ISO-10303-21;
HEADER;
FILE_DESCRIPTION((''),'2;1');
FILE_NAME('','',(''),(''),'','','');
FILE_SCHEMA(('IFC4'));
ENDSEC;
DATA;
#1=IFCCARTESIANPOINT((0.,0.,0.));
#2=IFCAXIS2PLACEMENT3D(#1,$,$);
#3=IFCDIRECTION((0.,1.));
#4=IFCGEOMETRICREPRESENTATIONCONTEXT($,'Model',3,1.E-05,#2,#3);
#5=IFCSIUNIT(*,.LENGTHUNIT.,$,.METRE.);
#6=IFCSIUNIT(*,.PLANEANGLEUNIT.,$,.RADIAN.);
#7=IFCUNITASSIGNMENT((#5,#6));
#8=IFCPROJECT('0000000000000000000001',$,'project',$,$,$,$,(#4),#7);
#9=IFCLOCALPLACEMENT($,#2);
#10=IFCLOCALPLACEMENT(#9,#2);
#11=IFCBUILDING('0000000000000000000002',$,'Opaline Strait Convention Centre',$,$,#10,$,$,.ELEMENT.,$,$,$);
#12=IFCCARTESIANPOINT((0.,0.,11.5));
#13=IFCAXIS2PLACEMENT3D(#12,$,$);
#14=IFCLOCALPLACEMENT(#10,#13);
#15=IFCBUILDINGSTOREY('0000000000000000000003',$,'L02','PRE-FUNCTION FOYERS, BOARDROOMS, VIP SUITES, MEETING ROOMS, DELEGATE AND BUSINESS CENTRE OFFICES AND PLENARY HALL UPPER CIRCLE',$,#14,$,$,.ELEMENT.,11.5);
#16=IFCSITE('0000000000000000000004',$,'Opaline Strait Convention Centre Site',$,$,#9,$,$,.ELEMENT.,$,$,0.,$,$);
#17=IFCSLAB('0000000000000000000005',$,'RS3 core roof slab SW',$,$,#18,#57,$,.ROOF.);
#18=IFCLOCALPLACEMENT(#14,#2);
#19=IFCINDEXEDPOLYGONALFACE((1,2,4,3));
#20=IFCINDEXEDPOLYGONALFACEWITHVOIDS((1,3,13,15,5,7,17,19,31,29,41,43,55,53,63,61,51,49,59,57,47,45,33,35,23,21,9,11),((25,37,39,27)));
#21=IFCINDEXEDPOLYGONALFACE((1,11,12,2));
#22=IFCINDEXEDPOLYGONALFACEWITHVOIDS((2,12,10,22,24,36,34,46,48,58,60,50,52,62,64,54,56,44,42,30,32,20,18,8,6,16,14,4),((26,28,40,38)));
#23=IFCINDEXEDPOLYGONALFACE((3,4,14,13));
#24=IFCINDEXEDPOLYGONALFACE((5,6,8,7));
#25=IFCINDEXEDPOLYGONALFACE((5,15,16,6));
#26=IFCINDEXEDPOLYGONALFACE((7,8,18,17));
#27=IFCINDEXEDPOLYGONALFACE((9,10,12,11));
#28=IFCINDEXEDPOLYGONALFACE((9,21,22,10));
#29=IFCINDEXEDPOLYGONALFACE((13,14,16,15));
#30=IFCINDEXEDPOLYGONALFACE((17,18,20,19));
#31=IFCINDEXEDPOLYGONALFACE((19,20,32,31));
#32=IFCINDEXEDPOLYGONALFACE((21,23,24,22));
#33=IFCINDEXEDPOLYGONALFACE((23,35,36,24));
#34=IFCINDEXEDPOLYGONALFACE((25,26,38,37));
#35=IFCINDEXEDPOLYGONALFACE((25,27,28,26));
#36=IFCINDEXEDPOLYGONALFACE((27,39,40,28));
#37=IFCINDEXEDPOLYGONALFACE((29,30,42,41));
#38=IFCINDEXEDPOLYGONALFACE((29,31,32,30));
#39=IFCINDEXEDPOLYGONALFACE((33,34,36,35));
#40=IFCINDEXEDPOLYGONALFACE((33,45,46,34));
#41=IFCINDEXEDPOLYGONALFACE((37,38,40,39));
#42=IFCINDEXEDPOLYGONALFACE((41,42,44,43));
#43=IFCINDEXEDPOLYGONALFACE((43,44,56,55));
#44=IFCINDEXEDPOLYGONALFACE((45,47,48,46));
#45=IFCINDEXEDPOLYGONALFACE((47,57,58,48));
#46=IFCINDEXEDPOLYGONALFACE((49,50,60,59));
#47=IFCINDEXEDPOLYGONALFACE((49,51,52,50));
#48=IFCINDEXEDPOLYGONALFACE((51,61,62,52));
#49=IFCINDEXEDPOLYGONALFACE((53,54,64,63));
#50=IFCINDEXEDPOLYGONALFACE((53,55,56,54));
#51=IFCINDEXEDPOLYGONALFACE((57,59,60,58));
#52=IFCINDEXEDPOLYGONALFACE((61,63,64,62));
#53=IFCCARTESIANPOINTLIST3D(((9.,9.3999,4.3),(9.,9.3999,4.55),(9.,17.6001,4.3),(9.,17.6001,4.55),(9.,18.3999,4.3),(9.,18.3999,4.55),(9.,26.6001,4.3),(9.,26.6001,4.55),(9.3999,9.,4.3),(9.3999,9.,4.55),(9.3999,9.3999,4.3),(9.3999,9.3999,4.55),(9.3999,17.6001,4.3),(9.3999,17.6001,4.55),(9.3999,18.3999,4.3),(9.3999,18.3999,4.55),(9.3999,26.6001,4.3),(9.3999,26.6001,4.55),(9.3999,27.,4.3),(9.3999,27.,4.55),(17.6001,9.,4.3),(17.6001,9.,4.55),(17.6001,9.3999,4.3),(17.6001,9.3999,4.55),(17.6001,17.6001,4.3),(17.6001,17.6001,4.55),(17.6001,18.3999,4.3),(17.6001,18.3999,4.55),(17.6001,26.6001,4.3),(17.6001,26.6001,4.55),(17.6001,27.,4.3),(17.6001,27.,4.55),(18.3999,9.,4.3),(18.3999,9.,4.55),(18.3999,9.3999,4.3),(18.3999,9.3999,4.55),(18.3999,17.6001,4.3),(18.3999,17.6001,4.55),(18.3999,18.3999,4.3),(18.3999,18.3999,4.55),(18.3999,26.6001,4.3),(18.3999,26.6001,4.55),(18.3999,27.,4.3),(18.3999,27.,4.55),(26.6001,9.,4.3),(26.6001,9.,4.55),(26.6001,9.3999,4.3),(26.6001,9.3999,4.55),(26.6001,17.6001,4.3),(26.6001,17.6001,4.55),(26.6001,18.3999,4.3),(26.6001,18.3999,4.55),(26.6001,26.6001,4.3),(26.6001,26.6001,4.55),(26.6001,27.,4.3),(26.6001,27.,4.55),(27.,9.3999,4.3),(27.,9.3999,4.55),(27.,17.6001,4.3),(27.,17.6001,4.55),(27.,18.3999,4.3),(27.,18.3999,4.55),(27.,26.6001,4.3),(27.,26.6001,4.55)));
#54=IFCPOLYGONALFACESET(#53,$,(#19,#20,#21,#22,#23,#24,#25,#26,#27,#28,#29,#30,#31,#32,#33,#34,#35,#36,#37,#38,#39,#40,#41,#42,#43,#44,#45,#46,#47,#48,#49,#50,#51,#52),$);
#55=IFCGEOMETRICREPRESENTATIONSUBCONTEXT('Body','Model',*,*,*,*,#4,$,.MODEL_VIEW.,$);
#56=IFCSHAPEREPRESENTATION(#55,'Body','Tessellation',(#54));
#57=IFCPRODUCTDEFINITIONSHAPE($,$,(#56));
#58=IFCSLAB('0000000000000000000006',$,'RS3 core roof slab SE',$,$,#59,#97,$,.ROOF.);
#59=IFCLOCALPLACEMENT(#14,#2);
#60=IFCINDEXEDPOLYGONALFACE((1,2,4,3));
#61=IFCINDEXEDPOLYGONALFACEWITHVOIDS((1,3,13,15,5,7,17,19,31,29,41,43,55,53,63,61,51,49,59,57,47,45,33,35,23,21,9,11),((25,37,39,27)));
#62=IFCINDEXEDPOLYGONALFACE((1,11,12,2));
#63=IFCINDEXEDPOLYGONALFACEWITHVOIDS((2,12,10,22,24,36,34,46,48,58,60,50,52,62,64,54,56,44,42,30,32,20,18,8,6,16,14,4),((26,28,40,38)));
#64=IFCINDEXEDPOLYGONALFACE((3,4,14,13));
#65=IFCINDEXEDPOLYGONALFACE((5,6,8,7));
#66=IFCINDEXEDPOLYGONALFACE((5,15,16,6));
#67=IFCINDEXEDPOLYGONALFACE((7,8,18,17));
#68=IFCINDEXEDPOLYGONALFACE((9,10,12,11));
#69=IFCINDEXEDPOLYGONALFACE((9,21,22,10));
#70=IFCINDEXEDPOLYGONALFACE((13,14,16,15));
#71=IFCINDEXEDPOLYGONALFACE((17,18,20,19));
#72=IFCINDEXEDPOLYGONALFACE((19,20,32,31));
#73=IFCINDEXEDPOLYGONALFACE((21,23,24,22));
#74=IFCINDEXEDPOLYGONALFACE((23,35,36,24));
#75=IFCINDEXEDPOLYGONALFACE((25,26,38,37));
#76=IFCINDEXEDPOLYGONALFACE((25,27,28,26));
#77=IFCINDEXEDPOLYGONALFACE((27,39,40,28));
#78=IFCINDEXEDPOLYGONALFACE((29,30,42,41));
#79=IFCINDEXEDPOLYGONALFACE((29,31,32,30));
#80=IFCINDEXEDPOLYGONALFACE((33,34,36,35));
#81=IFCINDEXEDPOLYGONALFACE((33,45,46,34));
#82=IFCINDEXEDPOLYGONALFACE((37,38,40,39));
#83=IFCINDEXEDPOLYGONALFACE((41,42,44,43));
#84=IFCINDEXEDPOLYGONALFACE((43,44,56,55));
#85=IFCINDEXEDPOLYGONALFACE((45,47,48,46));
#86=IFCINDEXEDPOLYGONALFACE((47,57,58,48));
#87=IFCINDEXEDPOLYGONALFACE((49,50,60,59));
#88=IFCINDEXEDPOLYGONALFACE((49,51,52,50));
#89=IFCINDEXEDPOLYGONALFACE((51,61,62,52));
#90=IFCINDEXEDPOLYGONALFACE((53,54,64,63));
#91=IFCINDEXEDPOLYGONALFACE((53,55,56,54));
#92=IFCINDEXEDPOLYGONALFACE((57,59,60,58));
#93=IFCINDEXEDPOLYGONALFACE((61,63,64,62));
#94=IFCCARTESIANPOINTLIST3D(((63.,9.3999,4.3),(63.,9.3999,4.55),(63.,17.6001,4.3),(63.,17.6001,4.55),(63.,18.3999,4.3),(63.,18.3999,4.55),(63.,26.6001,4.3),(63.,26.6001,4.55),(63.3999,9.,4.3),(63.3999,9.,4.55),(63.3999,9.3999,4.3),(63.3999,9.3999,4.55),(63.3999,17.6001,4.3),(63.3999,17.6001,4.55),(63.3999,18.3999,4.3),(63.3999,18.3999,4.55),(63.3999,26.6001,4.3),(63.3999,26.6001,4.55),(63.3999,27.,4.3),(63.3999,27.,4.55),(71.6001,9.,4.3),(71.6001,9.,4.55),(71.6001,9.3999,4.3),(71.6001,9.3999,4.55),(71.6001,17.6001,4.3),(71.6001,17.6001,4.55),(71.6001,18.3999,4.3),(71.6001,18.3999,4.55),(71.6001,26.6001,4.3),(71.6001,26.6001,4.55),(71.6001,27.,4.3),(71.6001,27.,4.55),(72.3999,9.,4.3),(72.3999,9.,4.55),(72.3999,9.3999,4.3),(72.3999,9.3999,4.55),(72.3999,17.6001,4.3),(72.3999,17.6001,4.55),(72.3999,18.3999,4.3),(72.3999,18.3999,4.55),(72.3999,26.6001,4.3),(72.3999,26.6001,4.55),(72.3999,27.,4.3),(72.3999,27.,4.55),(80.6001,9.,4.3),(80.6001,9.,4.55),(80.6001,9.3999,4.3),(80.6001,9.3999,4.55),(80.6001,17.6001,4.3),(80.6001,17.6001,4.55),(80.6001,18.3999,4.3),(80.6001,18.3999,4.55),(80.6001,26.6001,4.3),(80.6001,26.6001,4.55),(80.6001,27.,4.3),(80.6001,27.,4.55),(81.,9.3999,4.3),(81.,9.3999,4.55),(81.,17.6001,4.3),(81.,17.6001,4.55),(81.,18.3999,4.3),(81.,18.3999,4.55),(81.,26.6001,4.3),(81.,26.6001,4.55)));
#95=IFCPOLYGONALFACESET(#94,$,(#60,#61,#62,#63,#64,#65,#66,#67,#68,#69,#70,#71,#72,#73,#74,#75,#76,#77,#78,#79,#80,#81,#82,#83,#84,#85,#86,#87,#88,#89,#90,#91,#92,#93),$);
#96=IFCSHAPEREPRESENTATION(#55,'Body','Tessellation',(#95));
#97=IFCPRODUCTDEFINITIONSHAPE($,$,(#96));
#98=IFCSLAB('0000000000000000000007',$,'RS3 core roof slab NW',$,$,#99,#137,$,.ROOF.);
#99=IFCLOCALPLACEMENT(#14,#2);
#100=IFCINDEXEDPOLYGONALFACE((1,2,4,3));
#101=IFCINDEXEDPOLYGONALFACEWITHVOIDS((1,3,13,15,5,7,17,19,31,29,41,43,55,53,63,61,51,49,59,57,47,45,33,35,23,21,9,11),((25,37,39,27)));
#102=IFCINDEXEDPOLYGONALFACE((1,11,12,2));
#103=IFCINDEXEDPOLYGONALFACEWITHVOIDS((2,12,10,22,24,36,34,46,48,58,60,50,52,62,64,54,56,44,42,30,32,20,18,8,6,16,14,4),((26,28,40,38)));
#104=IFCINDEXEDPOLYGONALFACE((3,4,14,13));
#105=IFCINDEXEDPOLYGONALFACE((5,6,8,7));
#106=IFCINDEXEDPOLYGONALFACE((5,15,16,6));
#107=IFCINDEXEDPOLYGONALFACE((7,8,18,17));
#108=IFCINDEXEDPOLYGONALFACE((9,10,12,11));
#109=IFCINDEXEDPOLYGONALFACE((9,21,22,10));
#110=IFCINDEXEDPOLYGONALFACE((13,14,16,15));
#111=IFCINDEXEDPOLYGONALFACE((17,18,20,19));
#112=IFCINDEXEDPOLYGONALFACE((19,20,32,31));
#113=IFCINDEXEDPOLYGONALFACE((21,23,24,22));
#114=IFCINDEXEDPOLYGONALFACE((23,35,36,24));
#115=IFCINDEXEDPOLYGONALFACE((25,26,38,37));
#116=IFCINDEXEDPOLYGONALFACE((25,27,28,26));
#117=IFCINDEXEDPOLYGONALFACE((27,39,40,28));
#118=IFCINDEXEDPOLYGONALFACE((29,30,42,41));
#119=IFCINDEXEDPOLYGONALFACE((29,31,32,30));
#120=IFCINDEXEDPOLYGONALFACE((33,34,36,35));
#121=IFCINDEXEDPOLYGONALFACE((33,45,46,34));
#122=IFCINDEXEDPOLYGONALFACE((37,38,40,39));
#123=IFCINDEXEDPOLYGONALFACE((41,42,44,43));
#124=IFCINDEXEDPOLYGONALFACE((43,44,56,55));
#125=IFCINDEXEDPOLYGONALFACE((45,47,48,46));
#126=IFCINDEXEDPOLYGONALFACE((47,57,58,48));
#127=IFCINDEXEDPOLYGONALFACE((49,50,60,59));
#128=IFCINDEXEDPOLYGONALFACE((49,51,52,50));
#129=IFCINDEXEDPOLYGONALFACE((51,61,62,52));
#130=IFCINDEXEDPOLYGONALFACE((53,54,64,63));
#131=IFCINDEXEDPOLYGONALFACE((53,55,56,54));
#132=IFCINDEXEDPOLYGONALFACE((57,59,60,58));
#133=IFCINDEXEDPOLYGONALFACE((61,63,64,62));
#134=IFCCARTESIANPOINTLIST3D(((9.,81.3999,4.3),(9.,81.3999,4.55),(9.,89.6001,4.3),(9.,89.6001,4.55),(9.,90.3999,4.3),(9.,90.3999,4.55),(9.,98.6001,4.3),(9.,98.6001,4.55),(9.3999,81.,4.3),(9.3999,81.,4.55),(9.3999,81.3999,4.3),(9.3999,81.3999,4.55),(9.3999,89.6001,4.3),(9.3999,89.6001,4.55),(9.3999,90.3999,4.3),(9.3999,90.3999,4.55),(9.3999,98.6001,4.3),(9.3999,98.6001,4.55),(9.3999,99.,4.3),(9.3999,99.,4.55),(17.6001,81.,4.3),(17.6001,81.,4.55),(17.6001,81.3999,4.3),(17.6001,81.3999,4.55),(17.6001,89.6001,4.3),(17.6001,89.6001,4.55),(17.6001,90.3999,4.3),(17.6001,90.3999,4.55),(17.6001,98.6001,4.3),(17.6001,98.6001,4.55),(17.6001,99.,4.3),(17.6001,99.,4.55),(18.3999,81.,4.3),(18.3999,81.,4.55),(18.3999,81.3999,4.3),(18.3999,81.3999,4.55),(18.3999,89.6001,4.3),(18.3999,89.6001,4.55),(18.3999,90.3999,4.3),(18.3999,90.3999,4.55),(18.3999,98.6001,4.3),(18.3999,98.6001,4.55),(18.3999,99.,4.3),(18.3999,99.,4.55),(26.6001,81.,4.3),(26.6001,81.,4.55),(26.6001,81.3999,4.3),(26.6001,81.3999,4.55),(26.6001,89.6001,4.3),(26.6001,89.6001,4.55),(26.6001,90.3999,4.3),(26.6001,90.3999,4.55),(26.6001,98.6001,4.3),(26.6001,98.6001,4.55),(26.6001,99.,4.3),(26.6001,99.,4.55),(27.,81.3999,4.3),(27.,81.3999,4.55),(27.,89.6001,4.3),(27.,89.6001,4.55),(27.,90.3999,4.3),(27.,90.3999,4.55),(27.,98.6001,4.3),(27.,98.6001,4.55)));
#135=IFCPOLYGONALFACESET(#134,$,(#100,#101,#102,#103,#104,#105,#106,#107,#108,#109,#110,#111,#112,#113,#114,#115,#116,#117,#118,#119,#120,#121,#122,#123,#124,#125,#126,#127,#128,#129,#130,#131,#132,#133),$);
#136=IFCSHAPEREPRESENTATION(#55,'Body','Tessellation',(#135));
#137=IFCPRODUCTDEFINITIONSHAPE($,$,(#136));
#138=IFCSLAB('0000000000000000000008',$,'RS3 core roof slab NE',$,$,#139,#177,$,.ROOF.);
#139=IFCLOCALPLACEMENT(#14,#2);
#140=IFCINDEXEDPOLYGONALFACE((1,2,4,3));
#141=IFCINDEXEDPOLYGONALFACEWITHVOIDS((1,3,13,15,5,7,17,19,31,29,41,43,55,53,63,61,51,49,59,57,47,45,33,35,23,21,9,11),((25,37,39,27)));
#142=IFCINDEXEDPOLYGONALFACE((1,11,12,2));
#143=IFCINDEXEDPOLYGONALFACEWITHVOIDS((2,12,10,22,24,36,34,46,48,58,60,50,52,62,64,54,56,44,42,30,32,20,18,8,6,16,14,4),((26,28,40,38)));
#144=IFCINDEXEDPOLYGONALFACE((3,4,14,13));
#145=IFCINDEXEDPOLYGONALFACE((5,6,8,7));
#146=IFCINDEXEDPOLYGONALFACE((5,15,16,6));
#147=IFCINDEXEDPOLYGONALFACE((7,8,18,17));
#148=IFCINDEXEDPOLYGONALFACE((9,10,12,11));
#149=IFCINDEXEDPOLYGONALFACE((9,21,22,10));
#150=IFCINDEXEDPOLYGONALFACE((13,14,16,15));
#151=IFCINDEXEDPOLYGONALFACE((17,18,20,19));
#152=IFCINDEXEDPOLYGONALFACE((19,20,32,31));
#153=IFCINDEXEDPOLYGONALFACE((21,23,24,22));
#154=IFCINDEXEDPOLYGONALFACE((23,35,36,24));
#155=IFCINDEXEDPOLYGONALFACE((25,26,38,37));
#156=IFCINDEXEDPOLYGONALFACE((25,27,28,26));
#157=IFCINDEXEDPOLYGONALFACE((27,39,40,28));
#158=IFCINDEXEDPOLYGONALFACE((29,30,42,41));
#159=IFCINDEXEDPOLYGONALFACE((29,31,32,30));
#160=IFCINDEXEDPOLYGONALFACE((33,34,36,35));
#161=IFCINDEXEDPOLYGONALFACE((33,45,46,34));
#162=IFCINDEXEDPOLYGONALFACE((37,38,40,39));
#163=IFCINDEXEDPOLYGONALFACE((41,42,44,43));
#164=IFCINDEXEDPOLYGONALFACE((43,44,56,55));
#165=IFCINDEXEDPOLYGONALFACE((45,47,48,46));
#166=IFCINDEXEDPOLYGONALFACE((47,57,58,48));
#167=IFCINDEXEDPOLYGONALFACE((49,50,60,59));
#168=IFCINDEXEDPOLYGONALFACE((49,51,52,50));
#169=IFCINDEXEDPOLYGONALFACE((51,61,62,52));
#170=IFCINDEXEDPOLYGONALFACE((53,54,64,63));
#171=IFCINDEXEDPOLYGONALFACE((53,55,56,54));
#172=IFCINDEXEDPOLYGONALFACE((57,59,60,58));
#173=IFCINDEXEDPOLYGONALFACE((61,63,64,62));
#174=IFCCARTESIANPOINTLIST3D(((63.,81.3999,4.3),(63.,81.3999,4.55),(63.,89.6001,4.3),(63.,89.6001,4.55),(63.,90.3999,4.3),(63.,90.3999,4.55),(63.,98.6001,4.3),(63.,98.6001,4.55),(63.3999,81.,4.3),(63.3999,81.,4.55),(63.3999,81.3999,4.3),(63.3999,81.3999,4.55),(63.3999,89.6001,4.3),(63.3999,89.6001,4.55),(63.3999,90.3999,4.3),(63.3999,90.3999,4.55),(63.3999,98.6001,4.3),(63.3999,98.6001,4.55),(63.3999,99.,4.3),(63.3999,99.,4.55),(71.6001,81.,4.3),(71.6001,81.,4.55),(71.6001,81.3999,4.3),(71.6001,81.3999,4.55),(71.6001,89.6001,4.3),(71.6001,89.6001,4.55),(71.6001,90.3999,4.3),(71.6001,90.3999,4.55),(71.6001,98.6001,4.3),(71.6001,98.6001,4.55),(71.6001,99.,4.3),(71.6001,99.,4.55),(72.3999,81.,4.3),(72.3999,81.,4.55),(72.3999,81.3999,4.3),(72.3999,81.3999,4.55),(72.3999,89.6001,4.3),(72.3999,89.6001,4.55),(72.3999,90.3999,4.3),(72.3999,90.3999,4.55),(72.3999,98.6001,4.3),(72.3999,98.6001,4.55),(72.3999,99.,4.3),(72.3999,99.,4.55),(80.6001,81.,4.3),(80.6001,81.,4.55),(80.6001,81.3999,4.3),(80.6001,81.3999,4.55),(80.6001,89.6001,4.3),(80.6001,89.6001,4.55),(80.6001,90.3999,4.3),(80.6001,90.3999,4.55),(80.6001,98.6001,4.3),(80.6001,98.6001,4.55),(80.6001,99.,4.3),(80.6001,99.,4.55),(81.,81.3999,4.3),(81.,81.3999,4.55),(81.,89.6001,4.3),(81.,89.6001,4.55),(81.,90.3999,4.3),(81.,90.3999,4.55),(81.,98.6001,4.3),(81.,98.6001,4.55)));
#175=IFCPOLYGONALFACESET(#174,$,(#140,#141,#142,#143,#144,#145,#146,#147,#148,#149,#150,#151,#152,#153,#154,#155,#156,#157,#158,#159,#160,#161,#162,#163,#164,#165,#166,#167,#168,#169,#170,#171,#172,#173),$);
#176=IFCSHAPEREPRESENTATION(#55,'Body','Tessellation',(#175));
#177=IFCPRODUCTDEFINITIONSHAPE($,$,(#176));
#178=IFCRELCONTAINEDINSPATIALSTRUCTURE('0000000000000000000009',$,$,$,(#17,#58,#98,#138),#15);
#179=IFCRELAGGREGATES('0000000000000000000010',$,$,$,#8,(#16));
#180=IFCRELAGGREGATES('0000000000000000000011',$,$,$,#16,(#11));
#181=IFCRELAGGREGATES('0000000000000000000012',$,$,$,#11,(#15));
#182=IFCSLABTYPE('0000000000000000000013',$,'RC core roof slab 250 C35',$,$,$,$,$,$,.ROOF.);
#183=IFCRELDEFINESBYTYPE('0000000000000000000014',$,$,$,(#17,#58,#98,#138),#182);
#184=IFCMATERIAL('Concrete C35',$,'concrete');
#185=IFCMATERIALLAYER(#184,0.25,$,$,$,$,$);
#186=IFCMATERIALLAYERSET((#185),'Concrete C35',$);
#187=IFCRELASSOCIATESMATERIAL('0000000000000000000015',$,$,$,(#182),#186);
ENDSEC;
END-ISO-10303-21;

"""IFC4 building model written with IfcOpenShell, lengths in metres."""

from ifc_helpers import new_model, si_unit, direction, frame, origin, place, context, subcontext, project, spatial, polyline, outline, extrude, material, layer, layer_set, type_object, element, save


model = new_model("IFC4")

# Units and contexts
model_context = context("Model", 3, precision=1e-05, world=origin(), true_north=direction((0.0, 1.0)))
body_context = subcontext(model_context, "Body", "Model", "MODEL_VIEW")
ifc_project = project(units=[si_unit("LENGTHUNIT", "METRE"), si_unit("PLANEANGLEUNIT", "RADIAN")], contexts=[model_context])

# Site, building, storey
site_placement = place(None, origin())
site = spatial("IfcSite", under=ifc_project, at=site_placement, Name="Opaline Strait Convention Centre Site", CompositionType="ELEMENT", RefElevation=0.0)
building_placement = place(site_placement, origin())
building = spatial("IfcBuilding", under=site, at=building_placement, Name="Opaline Strait Convention Centre", CompositionType="ELEMENT")
storey_placement = place(building_placement, frame((0.0, 0.0, 11.5)))
storey = spatial("IfcBuildingStorey", under=building, at=storey_placement, Name="L02", Description="PRE-FUNCTION FOYERS, BOARDROOMS, VIP SUITES, MEETING ROOMS, DELEGATE AND BUSINESS CENTRE OFFICES AND PLENARY HALL UPPER CIRCLE", CompositionType="ELEMENT", Elevation=11.5)

# Slabs
ifc_material_1 = material(Name="Concrete C35", Category="concrete")
ifc_layer_1 = layer(ifc_material_1, 0.25)
ifc_layer_set_1 = layer_set([ifc_layer_1], Name="Concrete C35")
slab_type_1 = type_object("IfcSlabType", Name="RC core roof slab 250 C35", PredefinedType="ROOF", material=ifc_layer_set_1)
slab_1_placement = place(storey_placement, frame((0.0, 0.0, 4.3)))
element("IfcSlab", 1, at=slab_1_placement, inside=storey, type_object=slab_type_1, Name="RS3 core roof slab SW", PredefinedType="ROOF", context=body_context, shape_type="SweptSolid", body=[
    extrude(outline(polyline([(27.0, 9.3999), (26.6001, 9.3999), (26.6001, 9.0), (18.3999, 9.0), (18.3999, 9.3999), (17.6001, 9.3999), (17.6001, 9.0), (9.3999, 9.0), (9.3999, 9.3999), (9.0, 9.3999), (9.0, 17.6001), (9.3999, 17.6001), (9.3999, 18.3999), (9.0, 18.3999), (9.0, 26.6001), (9.3999, 26.6001), (9.3999, 27.0), (17.6001, 27.0), (17.6001, 26.6001), (18.3999, 26.6001), (18.3999, 27.0), (26.6001, 27.0), (26.6001, 26.6001), (27.0, 26.6001), (27.0, 18.3999), (26.6001, 18.3999), (26.6001, 17.6001), (27.0, 17.6001), (27.0, 9.3999)]), holes=[polyline([(17.6001, 17.6001), (18.3999, 17.6001), (18.3999, 18.3999), (17.6001, 18.3999), (17.6001, 17.6001)])]), origin(), (0.0, 0.0, 1.0), 0.25),
])
slab_2_placement = place(storey_placement, frame((0.0, 0.0, 4.3)))
element("IfcSlab", 2, at=slab_2_placement, inside=storey, type_object=slab_type_1, Name="RS3 core roof slab SE", PredefinedType="ROOF", context=body_context, shape_type="SweptSolid", body=[
    extrude(outline(polyline([(81.0, 9.3999), (80.6001, 9.3999), (80.6001, 9.0), (72.3999, 9.0), (72.3999, 9.3999), (71.6001, 9.3999), (71.6001, 9.0), (63.3999, 9.0), (63.3999, 9.3999), (63.0, 9.3999), (63.0, 17.6001), (63.3999, 17.6001), (63.3999, 18.3999), (63.0, 18.3999), (63.0, 26.6001), (63.3999, 26.6001), (63.3999, 27.0), (71.6001, 27.0), (71.6001, 26.6001), (72.3999, 26.6001), (72.3999, 27.0), (80.6001, 27.0), (80.6001, 26.6001), (81.0, 26.6001), (81.0, 18.3999), (80.6001, 18.3999), (80.6001, 17.6001), (81.0, 17.6001), (81.0, 9.3999)]), holes=[polyline([(71.6001, 18.3999), (71.6001, 17.6001), (72.3999, 17.6001), (72.3999, 18.3999), (71.6001, 18.3999)])]), origin(), (0.0, 0.0, 1.0), 0.25),
])
slab_3_placement = place(storey_placement, frame((0.0, 0.0, 4.3)))
element("IfcSlab", 3, at=slab_3_placement, inside=storey, type_object=slab_type_1, Name="RS3 core roof slab NW", PredefinedType="ROOF", context=body_context, shape_type="SweptSolid", body=[
    extrude(outline(polyline([(27.0, 81.3999), (26.6001, 81.3999), (26.6001, 81.0), (18.3999, 81.0), (18.3999, 81.3999), (17.6001, 81.3999), (17.6001, 81.0), (9.3999, 81.0), (9.3999, 81.3999), (9.0, 81.3999), (9.0, 89.6001), (9.3999, 89.6001), (9.3999, 90.3999), (9.0, 90.3999), (9.0, 98.6001), (9.3999, 98.6001), (9.3999, 99.0), (17.6001, 99.0), (17.6001, 98.6001), (18.3999, 98.6001), (18.3999, 99.0), (26.6001, 99.0), (26.6001, 98.6001), (27.0, 98.6001), (27.0, 90.3999), (26.6001, 90.3999), (26.6001, 89.6001), (27.0, 89.6001), (27.0, 81.3999)]), holes=[polyline([(17.6001, 90.3999), (17.6001, 89.6001), (18.3999, 89.6001), (18.3999, 90.3999), (17.6001, 90.3999)])]), origin(), (0.0, 0.0, 1.0), 0.25),
])
slab_4_placement = place(storey_placement, frame((0.0, 0.0, 4.3)))
element("IfcSlab", 4, at=slab_4_placement, inside=storey, type_object=slab_type_1, Name="RS3 core roof slab NE", PredefinedType="ROOF", context=body_context, shape_type="SweptSolid", body=[
    extrude(outline(polyline([(81.0, 81.3999), (80.6001, 81.3999), (80.6001, 81.0), (72.3999, 81.0), (72.3999, 81.3999), (71.6001, 81.3999), (71.6001, 81.0), (63.3999, 81.0), (63.3999, 81.3999), (63.0, 81.3999), (63.0, 89.6001), (63.3999, 89.6001), (63.3999, 90.3999), (63.0, 90.3999), (63.0, 98.6001), (63.3999, 98.6001), (63.3999, 99.0), (71.6001, 99.0), (71.6001, 98.6001), (72.3999, 98.6001), (72.3999, 99.0), (80.6001, 99.0), (80.6001, 98.6001), (81.0, 98.6001), (81.0, 90.3999), (80.6001, 90.3999), (80.6001, 89.6001), (81.0, 89.6001), (81.0, 81.3999)]), holes=[polyline([(71.6001, 90.3999), (71.6001, 89.6001), (72.3999, 89.6001), (72.3999, 90.3999), (71.6001, 90.3999)])]), origin(), (0.0, 0.0, 1.0), 0.25),
])

save(model, "model.ifc")
